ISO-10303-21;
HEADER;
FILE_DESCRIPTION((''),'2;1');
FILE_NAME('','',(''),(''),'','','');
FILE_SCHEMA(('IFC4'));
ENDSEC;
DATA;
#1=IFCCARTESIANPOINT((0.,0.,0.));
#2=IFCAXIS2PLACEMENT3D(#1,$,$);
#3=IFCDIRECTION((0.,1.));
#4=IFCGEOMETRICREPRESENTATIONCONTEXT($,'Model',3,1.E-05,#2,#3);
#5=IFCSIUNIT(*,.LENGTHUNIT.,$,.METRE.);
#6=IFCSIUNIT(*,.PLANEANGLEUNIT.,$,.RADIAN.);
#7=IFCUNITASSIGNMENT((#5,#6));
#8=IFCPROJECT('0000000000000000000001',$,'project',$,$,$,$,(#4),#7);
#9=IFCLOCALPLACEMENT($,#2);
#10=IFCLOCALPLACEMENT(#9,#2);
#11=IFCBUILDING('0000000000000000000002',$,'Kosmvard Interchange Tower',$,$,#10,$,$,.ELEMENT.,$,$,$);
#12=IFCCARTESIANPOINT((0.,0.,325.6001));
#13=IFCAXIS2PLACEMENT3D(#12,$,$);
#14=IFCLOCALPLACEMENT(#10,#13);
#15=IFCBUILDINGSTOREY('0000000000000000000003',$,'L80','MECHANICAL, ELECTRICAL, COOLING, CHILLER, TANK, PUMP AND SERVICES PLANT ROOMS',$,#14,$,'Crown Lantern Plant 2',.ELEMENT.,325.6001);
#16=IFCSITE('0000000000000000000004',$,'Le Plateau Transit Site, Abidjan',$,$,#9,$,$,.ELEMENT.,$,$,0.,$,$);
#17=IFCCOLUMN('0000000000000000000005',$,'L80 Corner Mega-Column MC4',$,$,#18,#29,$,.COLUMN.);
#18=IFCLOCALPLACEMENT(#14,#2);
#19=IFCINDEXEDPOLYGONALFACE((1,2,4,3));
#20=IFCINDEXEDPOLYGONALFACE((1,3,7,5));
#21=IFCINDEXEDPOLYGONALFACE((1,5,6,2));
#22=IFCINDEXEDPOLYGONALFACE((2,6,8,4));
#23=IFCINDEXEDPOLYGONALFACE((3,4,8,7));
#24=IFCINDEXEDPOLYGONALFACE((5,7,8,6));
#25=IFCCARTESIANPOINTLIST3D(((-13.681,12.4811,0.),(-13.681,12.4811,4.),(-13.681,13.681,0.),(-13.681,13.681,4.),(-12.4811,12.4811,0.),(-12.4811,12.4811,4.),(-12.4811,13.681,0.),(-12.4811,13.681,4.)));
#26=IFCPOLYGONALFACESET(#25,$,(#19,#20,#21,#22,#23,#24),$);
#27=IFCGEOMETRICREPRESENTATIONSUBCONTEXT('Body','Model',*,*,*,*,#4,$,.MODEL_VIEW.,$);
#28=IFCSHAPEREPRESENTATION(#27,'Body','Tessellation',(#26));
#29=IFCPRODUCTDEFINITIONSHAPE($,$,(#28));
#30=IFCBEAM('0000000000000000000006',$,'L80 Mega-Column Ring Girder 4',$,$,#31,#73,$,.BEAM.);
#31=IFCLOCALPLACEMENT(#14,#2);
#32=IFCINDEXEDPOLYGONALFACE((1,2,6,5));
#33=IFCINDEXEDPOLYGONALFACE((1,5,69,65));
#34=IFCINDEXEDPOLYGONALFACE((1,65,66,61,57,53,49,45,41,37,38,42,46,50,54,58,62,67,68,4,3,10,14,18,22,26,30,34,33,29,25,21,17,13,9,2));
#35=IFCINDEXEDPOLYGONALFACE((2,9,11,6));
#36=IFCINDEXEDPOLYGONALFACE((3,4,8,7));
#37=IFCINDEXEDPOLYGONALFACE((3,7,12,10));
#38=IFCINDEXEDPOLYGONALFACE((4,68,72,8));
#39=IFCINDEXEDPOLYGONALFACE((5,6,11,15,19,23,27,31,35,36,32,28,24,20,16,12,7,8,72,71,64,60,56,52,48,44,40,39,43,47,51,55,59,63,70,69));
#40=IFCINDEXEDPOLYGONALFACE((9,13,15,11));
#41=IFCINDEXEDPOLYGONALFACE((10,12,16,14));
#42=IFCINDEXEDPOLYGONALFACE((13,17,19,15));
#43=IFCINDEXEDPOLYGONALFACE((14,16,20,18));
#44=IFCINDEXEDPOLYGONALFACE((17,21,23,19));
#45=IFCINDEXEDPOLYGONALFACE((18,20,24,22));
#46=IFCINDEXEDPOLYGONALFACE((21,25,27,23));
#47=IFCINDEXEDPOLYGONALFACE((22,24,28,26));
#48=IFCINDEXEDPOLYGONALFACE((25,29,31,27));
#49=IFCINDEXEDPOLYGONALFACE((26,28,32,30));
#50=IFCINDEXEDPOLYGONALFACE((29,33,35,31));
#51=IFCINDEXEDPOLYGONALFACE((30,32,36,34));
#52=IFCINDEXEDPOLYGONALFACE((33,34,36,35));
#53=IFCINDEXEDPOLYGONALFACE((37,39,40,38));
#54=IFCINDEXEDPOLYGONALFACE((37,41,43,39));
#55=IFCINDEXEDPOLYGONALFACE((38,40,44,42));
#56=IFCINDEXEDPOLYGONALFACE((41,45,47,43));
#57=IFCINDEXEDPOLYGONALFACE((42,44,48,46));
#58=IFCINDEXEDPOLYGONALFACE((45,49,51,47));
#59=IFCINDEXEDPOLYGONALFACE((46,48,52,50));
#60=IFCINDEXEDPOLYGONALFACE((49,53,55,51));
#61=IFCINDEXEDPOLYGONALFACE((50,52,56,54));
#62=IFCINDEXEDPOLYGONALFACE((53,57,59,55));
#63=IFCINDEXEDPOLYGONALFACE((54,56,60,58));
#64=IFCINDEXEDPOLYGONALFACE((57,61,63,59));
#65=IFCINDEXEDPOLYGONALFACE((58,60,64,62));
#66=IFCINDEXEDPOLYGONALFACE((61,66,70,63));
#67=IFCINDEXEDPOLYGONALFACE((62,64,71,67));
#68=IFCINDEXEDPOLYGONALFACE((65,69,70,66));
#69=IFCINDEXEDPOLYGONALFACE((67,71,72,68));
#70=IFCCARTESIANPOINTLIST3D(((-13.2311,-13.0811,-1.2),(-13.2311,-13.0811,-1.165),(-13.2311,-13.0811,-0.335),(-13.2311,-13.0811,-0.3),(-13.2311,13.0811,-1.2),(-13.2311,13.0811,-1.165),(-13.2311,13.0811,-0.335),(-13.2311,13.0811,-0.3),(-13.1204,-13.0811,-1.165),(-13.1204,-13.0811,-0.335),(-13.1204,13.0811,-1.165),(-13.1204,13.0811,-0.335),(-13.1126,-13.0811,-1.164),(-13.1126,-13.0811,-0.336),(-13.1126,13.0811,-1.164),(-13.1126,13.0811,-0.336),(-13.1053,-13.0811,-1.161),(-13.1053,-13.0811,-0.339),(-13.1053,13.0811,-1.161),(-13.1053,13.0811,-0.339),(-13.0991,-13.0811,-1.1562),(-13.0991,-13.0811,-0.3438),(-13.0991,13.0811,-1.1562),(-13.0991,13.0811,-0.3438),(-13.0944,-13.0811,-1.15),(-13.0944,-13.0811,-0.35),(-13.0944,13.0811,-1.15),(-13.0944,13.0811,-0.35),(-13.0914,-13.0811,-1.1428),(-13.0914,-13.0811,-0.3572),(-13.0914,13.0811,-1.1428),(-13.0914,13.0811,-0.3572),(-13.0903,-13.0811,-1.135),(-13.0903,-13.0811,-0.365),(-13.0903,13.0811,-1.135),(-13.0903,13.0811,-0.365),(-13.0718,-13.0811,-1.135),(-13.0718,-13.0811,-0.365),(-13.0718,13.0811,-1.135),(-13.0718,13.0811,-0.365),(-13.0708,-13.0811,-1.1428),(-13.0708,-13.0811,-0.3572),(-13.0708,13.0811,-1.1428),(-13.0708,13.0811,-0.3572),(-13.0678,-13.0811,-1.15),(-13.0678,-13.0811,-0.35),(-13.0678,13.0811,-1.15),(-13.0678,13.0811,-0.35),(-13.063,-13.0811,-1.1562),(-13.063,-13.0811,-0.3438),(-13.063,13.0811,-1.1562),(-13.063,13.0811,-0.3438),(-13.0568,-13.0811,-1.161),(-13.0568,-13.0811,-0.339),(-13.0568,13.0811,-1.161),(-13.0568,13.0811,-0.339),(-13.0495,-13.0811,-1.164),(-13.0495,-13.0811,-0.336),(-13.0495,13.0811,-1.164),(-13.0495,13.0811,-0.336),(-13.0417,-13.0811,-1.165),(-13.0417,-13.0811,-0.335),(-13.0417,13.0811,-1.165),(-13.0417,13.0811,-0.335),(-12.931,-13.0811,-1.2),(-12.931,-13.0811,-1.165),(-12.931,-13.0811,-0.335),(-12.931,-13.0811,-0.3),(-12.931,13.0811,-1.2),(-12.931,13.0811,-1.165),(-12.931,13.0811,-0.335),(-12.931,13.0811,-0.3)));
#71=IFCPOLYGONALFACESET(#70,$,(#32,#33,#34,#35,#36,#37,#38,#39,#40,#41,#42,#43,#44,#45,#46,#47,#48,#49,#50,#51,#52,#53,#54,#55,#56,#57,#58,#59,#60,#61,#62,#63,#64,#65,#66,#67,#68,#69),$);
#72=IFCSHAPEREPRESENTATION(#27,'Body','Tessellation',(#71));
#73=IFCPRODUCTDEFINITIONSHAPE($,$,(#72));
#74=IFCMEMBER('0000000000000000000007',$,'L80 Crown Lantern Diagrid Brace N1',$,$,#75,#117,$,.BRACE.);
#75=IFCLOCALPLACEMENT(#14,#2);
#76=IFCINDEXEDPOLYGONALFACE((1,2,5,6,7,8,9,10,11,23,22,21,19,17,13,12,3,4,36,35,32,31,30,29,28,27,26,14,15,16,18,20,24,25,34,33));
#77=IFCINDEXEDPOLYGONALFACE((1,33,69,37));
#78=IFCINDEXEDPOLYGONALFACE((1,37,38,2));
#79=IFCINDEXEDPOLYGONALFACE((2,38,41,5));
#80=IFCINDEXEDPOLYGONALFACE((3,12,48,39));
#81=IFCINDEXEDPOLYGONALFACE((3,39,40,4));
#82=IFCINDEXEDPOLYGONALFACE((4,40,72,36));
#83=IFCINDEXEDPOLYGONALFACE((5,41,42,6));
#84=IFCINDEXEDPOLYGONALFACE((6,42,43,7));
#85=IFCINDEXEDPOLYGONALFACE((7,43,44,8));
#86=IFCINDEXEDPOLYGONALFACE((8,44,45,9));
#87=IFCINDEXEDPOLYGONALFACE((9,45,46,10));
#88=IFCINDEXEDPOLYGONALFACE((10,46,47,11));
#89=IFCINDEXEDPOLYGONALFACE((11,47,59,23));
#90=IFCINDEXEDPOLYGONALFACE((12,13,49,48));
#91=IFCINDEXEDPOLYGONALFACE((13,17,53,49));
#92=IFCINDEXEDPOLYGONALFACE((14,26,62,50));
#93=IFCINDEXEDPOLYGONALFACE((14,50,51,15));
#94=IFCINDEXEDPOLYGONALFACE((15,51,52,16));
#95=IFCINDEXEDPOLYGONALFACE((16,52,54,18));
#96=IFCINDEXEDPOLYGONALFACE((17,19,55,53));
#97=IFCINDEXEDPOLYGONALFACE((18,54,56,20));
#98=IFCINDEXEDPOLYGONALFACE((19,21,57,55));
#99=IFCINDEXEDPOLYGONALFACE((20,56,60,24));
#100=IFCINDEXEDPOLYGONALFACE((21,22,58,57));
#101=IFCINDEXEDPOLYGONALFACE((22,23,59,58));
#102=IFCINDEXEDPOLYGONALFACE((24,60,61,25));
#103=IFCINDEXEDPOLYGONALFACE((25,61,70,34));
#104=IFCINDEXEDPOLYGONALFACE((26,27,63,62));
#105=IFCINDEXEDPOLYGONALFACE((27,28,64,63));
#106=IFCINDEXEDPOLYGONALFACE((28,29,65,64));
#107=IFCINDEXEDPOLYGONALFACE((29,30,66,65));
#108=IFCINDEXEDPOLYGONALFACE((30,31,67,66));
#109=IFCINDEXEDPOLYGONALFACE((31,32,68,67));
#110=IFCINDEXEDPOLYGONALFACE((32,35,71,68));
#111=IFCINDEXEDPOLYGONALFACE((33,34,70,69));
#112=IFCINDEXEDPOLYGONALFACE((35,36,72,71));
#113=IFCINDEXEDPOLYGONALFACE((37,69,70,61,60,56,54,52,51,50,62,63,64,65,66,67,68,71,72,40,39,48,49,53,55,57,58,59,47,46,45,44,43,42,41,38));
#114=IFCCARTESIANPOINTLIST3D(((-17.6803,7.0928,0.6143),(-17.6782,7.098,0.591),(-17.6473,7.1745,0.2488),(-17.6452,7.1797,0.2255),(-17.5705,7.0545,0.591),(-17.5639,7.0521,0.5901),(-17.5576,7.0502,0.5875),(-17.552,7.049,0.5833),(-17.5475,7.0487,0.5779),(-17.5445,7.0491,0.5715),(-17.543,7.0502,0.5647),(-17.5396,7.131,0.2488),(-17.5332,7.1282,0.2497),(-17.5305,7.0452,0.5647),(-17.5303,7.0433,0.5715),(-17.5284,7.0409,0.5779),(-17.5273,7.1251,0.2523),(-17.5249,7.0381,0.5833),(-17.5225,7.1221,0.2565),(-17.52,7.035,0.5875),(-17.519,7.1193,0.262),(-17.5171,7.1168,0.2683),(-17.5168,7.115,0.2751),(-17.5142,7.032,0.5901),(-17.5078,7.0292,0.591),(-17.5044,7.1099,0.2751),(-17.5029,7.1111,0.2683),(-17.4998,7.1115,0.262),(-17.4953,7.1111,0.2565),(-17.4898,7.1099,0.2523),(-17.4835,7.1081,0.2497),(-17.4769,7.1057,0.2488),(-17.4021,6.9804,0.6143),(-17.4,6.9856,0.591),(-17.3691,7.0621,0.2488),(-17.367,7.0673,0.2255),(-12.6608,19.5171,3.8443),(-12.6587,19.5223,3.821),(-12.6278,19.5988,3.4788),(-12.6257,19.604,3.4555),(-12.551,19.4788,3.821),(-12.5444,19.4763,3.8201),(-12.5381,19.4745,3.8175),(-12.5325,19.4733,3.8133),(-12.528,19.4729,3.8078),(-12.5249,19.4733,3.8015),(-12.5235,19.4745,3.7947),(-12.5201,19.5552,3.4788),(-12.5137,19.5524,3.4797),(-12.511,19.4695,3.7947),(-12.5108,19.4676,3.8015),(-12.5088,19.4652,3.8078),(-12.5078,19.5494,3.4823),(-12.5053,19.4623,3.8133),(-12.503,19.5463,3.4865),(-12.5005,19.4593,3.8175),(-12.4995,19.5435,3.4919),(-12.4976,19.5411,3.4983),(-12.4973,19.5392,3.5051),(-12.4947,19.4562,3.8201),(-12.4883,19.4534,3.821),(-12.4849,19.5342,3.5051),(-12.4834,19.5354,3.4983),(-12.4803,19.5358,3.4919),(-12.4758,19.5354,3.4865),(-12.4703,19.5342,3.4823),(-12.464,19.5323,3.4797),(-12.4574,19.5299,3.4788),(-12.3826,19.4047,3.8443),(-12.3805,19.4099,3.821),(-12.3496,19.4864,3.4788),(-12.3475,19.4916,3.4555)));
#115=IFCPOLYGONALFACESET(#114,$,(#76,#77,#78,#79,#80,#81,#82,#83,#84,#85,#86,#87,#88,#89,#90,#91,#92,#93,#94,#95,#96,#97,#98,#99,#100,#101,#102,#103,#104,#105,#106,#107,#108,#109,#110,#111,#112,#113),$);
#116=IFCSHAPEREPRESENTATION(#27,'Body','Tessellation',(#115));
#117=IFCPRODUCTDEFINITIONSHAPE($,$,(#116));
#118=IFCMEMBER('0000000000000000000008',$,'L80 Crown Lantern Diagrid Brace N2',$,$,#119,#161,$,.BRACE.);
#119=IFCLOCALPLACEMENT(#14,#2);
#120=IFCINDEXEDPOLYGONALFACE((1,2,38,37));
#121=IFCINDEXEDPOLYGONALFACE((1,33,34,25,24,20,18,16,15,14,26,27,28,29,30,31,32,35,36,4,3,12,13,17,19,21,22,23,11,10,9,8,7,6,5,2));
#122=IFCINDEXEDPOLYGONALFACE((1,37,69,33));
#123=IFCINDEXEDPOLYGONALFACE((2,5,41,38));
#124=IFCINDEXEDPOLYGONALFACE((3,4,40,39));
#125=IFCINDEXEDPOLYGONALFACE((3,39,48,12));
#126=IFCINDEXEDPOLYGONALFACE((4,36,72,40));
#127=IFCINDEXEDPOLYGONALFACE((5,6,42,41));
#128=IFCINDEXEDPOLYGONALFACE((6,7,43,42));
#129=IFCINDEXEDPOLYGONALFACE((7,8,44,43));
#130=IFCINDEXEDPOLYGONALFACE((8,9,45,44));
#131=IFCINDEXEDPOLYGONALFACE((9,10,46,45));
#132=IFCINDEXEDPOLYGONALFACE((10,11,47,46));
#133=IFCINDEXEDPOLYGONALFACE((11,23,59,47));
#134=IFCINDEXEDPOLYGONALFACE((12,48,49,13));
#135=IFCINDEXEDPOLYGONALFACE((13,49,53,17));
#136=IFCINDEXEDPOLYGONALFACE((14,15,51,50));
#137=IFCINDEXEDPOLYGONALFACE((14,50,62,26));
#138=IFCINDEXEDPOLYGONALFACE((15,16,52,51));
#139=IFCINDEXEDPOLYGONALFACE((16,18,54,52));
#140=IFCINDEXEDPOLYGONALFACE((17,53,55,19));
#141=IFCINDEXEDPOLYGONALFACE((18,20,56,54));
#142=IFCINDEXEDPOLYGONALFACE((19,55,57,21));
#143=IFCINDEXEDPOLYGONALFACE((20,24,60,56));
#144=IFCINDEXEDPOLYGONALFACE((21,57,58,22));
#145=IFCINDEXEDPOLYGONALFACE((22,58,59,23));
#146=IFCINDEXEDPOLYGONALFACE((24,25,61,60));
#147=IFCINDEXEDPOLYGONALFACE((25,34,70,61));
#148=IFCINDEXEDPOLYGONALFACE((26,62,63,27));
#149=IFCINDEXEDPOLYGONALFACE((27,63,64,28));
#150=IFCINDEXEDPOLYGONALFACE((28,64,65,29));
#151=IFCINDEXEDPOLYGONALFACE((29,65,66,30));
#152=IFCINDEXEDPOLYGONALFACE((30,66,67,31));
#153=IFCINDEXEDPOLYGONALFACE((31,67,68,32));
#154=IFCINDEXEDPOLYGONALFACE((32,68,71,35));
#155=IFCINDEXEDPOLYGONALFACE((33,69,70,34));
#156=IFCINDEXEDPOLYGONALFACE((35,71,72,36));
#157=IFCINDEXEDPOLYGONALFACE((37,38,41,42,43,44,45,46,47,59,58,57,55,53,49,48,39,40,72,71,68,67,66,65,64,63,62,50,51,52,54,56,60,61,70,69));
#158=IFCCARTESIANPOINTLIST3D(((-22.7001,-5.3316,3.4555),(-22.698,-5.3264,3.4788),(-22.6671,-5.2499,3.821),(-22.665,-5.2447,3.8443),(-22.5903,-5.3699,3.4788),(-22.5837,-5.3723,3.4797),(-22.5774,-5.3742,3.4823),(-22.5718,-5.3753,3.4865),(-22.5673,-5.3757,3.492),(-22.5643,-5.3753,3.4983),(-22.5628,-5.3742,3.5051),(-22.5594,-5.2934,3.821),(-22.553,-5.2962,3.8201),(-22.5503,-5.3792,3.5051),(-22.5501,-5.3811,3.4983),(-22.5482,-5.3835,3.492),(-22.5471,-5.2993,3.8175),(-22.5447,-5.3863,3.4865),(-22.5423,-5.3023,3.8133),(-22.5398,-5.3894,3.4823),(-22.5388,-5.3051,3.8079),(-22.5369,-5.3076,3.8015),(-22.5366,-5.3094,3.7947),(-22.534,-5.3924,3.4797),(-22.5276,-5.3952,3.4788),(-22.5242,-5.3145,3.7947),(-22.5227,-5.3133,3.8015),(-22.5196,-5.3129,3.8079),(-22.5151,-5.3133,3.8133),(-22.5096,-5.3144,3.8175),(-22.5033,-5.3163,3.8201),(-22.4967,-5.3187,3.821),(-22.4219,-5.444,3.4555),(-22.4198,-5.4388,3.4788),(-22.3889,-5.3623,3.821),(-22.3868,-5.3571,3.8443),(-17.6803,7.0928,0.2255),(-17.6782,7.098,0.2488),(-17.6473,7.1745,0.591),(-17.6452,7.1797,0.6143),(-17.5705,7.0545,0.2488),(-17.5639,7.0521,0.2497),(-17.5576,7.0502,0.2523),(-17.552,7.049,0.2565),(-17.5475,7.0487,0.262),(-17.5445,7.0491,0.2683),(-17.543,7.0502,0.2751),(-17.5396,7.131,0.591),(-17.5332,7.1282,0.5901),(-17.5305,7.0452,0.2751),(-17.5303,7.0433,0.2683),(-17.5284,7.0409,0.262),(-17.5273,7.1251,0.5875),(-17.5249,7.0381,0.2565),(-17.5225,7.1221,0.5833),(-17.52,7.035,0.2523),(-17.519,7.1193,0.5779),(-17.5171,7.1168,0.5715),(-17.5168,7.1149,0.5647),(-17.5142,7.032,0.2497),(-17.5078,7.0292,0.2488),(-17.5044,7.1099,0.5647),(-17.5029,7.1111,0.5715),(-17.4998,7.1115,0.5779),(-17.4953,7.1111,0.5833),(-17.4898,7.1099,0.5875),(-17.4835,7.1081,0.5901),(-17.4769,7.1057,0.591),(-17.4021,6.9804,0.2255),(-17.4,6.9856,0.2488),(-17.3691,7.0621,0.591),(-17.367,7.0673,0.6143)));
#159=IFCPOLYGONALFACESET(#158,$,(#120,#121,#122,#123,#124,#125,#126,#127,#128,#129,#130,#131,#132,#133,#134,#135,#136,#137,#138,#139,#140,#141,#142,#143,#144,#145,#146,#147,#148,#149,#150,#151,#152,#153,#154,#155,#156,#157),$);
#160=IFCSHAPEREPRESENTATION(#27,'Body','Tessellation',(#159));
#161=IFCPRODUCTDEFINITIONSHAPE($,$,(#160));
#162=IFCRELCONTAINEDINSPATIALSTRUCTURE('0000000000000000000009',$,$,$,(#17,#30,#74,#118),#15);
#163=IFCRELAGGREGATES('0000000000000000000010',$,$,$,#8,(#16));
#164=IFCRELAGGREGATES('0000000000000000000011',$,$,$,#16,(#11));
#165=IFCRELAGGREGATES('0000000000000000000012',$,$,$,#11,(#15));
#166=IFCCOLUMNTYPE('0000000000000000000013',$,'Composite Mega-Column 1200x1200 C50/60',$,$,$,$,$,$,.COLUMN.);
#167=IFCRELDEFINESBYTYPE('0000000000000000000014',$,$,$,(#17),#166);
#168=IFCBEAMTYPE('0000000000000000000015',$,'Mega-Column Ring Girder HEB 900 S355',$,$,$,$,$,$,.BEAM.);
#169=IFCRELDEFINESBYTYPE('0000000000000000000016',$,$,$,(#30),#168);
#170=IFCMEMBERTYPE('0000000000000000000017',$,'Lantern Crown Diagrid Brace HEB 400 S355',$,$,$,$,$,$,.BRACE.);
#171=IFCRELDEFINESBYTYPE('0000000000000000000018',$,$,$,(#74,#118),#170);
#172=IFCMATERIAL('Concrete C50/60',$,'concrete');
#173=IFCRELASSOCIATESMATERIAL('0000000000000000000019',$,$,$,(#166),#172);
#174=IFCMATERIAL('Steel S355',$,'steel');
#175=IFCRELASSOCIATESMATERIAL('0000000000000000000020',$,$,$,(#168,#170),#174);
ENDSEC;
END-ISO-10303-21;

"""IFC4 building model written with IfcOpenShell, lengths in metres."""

from ifc_helpers import new_model, si_unit, direction, frame, origin, origin_2d, place, context, subcontext, project, spatial, rectangle, i_section, extrude, source, transform, mapped, material, material_profile, profile_set, type_object, element, save


model = new_model("IFC4")

# Units and contexts
model_context = context("Model", 3, precision=1e-05, world=origin(), true_north=direction((0.0, 1.0)))
body_context = subcontext(model_context, "Body", "Model", "MODEL_VIEW")
ifc_project = project(units=[si_unit("LENGTHUNIT", "METRE"), si_unit("PLANEANGLEUNIT", "RADIAN")], contexts=[model_context])

# Site, building, storey
site_placement = place(None, origin())
site = spatial("IfcSite", under=ifc_project, at=site_placement, Name="Le Plateau Transit Site, Abidjan", CompositionType="ELEMENT", RefElevation=0.0)
building_placement = place(site_placement, origin())
building = spatial("IfcBuilding", under=site, at=building_placement, Name="Kosmvard Interchange Tower", CompositionType="ELEMENT")
storey_placement = place(building_placement, frame((0.0, 0.0, 325.6001)))
storey = spatial("IfcBuildingStorey", under=building, at=storey_placement, Name="L80", Description="MECHANICAL, ELECTRICAL, COOLING, CHILLER, TANK, PUMP AND SERVICES PLANT ROOMS", LongName="Crown Lantern Plant 2", CompositionType="ELEMENT", Elevation=325.6001)

# Column
ifc_material_1 = material(Name="Concrete C50/60", Category="concrete")
ifc_material_profile_1 = material_profile(ifc_material_1, rectangle(XDim=1.2, YDim=1.2, at=origin_2d()), Name="MC 1200x1200")
ifc_profile_set_1 = profile_set([ifc_material_profile_1], Name="Concrete C50/60")
column_type = type_object("IfcColumnType", Name="Composite Mega-Column 1200x1200 C50/60", PredefinedType="COLUMN", material=ifc_profile_set_1)
shared_shape_1 = source(origin(), body_context, "Body", "SweptSolid", [
    extrude(rectangle(XDim=1.2, YDim=1.2, at=origin_2d()), origin(), (0.0, 0.0, 1.0), 4.0),
])
column_placement = place(storey_placement, frame((-13.0811, 13.0811, 0.0), z_axis=(0.0, 0.0, 1.0), x_axis=(1.0, 0.0, 0.0)))
element("IfcColumn", 1, at=column_placement, inside=storey, type_object=column_type, Name="L80 Corner Mega-Column MC4", PredefinedType="COLUMN", context=body_context, shape_type="MappedRepresentation", body=[
    mapped(shared_shape_1, transform((0.0, 0.0, 0.0), scale=1.0)),
])

# Beam
ifc_material_2 = material(Name="Steel S355", Category="steel")
ifc_material_profile_2 = material_profile(ifc_material_2, i_section(OverallWidth=0.3, OverallDepth=0.8999, WebThickness=0.0186, FlangeThickness=0.0349, FilletRadius=0.03, at=origin_2d()), Name="HEB 900")
ifc_profile_set_2 = profile_set([ifc_material_profile_2], Name="Steel S355")
beam_type_1 = type_object("IfcBeamType", Name="Mega-Column Ring Girder HEB 900 S355", PredefinedType="BEAM", material=ifc_profile_set_2)
shared_shape_2 = source(origin(), body_context, "Body", "SweptSolid", [
    extrude(i_section(OverallWidth=0.3, OverallDepth=0.8999, WebThickness=0.0186, FlangeThickness=0.0349, FilletRadius=0.03, at=origin_2d()), origin(), (0.0, 0.0, 1.0), 26.1621),
])
beam_1_placement = place(storey_placement, frame((-13.0811, 13.0811, -0.75), z_axis=(0.0, -1.0, 0.0), x_axis=(1.0, 0.0, 0.0)))
element("IfcBeam", 2, at=beam_1_placement, inside=storey, type_object=beam_type_1, Name="L80 Mega-Column Ring Girder 4", PredefinedType="BEAM", context=body_context, shape_type="MappedRepresentation", body=[
    mapped(shared_shape_2, transform((0.0, 0.0, 0.0), scale=1.0)),
])

# Members
ifc_material_profile_3 = material_profile(ifc_material_2, i_section(OverallWidth=0.3, OverallDepth=0.3999, WebThickness=0.0134, FlangeThickness=0.0239, FilletRadius=0.0271, at=origin_2d()), Name="HEB 400")
ifc_profile_set_3 = profile_set([ifc_material_profile_3], Name="Steel S355")
member_type_1 = type_object("IfcMemberType", Name="Lantern Crown Diagrid Brace HEB 400 S355", PredefinedType="BRACE", material=ifc_profile_set_3)
shared_shape_3 = source(origin(), body_context, "Body", "SweptSolid", [
    extrude(i_section(OverallWidth=0.3, OverallDepth=0.3999, WebThickness=0.0134, FlangeThickness=0.0239, FilletRadius=0.0271, at=origin_2d()), origin(), (0.0, 0.0, 1.0), 13.7837),
])
member_1_placement = place(storey_placement, frame((-17.5237, 7.0801, 0.4199), z_axis=(0.364163, 0.901373, 0.234332), x_axis=(-0.92719, 0.374593, 0.0)))
element("IfcMember", 3, at=member_1_placement, inside=storey, type_object=member_type_1, Name="L80 Crown Lantern Diagrid Brace N1", PredefinedType="BRACE", context=body_context, shape_type="MappedRepresentation", body=[
    mapped(shared_shape_3, transform((0.0, 0.0, 0.0), scale=1.0)),
])
shared_shape_4 = source(origin(), body_context, "Body", "SweptSolid", [
    extrude(i_section(OverallWidth=0.3, OverallDepth=0.3999, WebThickness=0.0134, FlangeThickness=0.0239, FilletRadius=0.0271, at=origin_2d()), origin(), (0.0, 0.0, 1.0), 13.7839),
])
member_2_placement = place(storey_placement, frame((-17.5237, 7.0801, 0.4199), z_axis=(-0.364178, -0.901368, 0.234331), x_axis=(0.927183, -0.374608, 0.0)))
element("IfcMember", 4, at=member_2_placement, inside=storey, type_object=member_type_1, Name="L80 Crown Lantern Diagrid Brace N2", PredefinedType="BRACE", context=body_context, shape_type="MappedRepresentation", body=[
    mapped(shared_shape_4, transform((0.0, 0.0, 0.0), scale=1.0)),
])

save(model, "model.ifc")
